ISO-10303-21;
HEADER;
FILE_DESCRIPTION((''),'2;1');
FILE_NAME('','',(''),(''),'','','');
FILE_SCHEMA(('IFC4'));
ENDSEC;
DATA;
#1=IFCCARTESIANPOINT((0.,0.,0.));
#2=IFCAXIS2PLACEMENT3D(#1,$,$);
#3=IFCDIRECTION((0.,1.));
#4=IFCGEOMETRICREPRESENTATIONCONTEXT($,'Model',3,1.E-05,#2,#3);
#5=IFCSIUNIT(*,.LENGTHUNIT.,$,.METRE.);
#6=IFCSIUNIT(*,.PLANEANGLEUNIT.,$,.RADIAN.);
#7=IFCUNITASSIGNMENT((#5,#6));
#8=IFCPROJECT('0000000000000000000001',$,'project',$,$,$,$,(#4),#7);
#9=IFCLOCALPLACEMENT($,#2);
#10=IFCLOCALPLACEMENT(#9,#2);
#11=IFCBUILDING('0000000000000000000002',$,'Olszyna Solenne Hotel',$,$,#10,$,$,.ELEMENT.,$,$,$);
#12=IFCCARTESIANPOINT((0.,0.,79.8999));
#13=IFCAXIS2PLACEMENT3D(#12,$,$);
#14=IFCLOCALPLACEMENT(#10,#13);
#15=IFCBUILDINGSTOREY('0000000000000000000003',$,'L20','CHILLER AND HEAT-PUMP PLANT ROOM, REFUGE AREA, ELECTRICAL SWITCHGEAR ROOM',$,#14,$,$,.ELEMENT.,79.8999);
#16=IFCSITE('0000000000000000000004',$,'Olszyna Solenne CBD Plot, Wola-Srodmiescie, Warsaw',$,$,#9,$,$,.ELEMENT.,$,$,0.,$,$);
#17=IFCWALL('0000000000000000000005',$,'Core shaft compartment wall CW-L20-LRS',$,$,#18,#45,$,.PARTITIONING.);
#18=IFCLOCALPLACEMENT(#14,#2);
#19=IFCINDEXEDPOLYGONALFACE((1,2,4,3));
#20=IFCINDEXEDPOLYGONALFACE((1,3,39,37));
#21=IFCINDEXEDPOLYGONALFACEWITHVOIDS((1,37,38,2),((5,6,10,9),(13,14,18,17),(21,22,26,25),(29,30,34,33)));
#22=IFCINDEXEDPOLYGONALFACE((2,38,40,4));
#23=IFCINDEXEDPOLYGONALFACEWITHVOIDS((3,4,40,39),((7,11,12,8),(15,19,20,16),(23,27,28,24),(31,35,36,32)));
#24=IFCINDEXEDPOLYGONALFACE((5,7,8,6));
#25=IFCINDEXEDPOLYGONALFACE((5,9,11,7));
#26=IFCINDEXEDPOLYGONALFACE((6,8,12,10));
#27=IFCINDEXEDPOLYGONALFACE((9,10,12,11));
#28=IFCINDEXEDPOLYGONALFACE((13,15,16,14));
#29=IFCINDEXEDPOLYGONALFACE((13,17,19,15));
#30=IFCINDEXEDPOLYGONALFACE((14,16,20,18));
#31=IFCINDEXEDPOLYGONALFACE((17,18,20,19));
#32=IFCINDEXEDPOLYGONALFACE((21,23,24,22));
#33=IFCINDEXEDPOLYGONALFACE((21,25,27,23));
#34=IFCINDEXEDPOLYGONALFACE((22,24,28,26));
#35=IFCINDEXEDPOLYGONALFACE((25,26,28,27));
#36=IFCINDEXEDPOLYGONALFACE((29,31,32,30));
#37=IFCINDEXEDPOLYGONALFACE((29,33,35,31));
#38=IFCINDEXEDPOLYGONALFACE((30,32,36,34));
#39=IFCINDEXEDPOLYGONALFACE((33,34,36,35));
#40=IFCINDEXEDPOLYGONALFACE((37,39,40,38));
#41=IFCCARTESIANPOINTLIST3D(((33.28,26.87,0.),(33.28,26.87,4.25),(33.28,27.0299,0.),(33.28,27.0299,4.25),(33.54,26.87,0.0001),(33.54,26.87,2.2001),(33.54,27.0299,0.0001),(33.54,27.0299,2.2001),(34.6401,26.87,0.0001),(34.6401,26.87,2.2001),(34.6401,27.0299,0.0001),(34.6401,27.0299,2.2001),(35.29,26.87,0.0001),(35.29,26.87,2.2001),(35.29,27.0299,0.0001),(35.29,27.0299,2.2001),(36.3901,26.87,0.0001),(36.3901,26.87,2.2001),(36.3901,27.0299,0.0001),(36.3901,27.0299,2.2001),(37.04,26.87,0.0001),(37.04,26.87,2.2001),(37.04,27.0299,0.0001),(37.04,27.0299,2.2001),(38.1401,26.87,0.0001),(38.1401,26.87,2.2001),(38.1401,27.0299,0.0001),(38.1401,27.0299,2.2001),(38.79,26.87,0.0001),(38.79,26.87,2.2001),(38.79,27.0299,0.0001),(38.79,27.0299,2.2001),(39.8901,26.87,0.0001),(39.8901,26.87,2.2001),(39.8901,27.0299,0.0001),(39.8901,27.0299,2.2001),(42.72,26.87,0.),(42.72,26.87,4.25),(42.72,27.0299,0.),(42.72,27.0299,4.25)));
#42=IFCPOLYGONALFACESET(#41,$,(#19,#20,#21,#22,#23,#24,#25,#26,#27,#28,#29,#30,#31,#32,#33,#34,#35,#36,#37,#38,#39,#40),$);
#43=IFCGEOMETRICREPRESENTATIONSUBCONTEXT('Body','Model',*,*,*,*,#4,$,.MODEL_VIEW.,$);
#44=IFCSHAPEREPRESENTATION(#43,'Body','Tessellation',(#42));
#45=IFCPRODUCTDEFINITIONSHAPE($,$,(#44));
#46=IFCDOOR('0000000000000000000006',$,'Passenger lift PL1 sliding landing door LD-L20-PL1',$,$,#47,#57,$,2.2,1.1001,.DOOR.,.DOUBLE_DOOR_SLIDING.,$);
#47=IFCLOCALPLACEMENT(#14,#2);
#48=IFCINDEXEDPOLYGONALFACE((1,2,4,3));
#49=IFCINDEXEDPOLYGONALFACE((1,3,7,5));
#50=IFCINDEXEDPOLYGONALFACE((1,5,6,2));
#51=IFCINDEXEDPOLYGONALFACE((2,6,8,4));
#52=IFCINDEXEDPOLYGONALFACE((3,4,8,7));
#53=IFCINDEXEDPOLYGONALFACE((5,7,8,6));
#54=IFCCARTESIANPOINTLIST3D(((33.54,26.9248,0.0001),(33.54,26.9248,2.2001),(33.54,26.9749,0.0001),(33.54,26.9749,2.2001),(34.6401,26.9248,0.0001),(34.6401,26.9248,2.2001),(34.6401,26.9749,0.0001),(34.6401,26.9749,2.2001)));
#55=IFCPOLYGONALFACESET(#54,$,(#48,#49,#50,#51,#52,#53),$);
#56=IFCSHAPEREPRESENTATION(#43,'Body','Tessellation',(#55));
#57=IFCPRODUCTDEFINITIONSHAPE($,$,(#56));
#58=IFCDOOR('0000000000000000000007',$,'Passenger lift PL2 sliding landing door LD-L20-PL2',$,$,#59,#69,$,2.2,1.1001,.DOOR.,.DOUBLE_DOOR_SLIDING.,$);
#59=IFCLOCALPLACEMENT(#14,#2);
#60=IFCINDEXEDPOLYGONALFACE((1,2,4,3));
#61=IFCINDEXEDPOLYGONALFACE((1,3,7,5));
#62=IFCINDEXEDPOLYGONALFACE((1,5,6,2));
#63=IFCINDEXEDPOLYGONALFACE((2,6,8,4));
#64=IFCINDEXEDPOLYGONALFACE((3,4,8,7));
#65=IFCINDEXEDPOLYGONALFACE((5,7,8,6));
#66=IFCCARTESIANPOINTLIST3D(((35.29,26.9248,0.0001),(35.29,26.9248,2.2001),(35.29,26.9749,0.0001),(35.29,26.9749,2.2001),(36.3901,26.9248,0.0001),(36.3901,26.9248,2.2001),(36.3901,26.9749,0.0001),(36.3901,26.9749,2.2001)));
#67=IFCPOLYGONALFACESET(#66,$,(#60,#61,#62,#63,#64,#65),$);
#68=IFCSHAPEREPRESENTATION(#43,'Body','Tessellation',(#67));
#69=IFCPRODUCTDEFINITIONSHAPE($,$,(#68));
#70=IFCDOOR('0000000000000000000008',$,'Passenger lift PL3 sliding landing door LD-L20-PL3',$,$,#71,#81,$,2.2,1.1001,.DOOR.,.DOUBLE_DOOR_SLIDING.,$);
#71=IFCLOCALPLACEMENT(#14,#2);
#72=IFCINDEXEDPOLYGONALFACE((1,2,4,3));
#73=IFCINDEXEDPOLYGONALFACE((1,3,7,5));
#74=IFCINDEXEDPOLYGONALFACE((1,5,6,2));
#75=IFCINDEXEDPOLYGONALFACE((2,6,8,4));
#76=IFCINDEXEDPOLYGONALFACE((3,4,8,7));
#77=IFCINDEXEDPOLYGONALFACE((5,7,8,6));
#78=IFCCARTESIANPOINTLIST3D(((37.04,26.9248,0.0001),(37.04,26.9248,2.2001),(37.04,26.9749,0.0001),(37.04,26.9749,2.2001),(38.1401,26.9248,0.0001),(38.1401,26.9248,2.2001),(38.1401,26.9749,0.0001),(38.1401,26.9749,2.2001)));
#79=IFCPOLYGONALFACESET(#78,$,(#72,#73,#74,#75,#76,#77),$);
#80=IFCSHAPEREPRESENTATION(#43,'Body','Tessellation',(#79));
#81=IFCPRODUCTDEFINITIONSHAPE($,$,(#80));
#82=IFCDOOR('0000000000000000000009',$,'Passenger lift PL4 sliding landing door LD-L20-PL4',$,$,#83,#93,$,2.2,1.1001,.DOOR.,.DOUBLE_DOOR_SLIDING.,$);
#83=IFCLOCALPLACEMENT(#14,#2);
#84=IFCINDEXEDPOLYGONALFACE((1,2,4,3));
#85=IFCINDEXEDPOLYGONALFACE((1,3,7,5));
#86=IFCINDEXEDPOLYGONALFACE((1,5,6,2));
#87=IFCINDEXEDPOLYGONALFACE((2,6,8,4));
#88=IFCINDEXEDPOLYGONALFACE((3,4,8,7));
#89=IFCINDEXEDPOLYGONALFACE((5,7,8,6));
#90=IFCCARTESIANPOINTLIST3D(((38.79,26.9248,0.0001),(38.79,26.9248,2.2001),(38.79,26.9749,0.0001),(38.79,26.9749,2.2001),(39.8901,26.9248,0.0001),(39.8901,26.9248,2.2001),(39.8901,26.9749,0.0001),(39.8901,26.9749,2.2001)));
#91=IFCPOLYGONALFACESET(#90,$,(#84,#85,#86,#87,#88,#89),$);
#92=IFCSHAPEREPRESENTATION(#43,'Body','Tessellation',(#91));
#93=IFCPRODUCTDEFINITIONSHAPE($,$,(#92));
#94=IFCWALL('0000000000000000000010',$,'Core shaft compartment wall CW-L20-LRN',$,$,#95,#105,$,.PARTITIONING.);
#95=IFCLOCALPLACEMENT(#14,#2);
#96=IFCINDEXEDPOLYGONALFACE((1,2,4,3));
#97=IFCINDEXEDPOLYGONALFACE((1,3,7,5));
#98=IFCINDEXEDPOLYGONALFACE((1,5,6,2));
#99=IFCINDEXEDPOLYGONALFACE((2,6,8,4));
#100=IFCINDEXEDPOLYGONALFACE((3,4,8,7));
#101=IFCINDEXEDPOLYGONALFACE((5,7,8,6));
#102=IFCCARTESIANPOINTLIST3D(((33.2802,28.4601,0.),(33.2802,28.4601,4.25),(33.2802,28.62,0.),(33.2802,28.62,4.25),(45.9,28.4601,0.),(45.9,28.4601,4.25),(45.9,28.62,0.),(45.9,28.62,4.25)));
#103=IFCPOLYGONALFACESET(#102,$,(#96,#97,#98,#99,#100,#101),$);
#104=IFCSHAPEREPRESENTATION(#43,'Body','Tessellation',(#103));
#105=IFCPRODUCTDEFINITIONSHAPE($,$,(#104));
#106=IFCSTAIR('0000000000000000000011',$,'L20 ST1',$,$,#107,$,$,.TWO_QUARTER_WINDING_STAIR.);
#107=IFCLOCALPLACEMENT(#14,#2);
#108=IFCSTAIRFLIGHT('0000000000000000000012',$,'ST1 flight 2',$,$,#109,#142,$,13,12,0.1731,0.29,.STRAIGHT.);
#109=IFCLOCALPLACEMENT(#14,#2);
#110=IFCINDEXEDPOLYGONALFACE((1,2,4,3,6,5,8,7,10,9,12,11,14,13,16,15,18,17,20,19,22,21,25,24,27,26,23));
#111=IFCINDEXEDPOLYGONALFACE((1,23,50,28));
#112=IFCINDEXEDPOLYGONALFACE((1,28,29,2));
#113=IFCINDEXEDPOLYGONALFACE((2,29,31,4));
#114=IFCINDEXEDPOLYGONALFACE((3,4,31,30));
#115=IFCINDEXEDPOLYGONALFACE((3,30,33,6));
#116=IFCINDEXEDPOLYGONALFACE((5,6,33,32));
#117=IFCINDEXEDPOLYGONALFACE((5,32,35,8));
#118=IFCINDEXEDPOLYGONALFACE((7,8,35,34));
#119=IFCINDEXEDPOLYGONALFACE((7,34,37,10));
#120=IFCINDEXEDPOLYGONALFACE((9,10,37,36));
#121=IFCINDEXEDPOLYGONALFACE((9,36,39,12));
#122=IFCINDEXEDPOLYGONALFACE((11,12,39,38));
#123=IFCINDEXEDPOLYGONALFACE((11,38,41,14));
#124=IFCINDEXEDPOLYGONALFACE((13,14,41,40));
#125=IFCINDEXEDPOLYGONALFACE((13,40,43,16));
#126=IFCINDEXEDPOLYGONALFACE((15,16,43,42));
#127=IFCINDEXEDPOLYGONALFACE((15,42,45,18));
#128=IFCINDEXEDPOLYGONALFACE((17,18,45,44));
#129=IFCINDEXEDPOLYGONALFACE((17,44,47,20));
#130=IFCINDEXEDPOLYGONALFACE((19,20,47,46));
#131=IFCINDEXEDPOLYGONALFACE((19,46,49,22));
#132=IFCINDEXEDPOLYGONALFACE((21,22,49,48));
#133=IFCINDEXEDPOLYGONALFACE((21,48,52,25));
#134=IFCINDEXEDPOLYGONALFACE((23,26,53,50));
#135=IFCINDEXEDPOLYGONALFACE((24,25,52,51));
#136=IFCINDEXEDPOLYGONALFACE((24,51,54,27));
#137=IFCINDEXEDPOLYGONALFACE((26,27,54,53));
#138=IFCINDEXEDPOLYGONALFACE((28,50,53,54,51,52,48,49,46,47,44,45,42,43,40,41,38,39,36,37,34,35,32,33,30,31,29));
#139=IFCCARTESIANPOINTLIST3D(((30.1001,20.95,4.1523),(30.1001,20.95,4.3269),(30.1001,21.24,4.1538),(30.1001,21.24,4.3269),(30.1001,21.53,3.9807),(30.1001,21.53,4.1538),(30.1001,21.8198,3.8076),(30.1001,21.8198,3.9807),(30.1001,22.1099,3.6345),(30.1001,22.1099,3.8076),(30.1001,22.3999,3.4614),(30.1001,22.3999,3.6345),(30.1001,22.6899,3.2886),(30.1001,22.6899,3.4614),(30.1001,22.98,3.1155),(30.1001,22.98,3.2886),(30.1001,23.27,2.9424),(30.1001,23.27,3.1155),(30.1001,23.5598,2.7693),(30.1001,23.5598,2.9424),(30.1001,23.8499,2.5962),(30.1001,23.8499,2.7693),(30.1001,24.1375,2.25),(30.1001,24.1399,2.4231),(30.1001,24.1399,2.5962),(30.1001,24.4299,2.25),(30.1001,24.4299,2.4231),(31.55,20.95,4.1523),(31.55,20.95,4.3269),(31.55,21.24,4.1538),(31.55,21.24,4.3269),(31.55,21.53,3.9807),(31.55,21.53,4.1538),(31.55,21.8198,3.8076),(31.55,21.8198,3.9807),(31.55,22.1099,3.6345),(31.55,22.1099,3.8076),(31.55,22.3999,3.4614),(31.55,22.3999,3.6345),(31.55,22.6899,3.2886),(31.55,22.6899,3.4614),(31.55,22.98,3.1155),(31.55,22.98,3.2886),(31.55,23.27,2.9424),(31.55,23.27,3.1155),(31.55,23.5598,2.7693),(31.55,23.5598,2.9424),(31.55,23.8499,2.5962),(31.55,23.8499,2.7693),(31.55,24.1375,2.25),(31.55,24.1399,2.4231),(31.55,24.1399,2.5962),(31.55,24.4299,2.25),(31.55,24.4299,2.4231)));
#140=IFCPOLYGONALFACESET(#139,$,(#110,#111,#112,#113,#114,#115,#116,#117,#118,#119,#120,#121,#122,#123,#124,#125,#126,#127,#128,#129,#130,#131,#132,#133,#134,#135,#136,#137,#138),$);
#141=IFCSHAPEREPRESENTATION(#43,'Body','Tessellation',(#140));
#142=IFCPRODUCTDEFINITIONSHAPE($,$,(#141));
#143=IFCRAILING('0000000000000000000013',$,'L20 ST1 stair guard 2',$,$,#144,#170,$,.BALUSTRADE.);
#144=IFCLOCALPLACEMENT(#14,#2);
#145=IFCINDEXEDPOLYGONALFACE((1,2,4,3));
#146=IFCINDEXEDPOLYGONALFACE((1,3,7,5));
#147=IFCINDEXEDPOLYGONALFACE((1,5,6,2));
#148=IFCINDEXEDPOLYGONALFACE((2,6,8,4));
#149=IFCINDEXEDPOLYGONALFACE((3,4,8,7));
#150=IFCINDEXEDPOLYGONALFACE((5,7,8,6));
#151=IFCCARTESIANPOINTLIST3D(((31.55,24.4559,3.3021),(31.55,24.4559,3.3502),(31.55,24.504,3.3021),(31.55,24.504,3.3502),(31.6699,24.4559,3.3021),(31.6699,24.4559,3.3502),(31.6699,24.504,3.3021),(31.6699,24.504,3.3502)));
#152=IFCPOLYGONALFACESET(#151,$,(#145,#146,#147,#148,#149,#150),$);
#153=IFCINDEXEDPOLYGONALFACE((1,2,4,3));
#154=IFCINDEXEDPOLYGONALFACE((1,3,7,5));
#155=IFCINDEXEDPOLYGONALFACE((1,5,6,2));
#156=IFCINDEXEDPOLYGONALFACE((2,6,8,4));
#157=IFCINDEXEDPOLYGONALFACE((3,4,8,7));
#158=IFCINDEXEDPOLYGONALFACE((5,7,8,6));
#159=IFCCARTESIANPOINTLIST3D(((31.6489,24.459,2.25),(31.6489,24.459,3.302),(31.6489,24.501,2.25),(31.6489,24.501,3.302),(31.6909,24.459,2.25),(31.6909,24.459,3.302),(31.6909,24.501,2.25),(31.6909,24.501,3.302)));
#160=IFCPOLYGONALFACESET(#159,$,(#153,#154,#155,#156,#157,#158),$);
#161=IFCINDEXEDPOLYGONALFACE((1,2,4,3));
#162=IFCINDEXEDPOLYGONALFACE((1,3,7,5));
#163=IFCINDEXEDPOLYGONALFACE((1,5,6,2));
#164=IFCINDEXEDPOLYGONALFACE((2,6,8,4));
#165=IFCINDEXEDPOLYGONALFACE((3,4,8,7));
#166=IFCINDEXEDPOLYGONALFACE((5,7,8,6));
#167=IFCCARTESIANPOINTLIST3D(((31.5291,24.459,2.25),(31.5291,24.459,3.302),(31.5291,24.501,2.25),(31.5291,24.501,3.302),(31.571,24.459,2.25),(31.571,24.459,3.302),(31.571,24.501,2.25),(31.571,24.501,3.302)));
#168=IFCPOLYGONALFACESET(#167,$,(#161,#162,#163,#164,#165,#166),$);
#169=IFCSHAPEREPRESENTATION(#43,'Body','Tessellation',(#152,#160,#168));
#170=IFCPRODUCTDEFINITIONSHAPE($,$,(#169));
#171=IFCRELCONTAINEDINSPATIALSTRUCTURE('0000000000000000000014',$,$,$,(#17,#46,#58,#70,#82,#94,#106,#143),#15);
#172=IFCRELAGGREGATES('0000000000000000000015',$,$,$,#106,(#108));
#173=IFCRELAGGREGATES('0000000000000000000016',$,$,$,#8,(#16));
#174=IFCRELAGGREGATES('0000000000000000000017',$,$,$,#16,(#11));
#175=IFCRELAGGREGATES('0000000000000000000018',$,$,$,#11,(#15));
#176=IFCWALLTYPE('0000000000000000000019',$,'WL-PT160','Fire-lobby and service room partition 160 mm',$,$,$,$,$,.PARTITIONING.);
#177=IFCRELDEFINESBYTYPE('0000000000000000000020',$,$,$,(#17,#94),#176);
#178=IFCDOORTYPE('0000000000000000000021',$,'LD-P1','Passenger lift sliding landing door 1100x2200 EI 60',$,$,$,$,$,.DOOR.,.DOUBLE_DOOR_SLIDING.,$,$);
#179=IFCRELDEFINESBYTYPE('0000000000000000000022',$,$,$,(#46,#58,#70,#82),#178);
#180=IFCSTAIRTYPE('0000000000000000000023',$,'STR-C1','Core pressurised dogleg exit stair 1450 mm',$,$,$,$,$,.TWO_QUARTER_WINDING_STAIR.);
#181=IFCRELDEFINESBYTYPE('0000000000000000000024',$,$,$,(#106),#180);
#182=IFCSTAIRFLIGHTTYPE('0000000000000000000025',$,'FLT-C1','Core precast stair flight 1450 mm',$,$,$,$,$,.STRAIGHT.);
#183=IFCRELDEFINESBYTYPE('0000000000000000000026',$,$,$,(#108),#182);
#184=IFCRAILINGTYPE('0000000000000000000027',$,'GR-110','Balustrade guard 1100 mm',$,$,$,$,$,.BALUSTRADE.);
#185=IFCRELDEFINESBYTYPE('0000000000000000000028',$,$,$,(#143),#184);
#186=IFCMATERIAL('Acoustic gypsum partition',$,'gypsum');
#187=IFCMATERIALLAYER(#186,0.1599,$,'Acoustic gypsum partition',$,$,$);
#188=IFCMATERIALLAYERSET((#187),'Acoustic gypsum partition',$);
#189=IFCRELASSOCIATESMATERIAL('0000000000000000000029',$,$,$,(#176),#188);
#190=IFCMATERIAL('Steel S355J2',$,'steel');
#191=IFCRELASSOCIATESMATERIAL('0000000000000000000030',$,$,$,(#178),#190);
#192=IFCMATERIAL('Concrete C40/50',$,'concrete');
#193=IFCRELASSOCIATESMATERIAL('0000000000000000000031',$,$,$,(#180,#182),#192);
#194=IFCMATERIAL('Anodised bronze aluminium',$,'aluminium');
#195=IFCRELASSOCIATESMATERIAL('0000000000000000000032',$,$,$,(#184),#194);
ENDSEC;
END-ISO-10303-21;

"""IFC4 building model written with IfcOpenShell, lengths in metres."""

from ifc_helpers import new_model, si_unit, direction, frame, frame_2d, origin, origin_2d, place, context, subcontext, project, spatial, polyline, rectangle, outline, extrude, source, transform, mapped, material, layer, layer_set, type_object, type_shapes, element, fill, aggregate, save


model = new_model("IFC4")

# Units and contexts
model_context = context("Model", 3, precision=1e-05, world=origin(), true_north=direction((0.0, 1.0)))
body_context = subcontext(model_context, "Body", "Model", "MODEL_VIEW")
ifc_project = project(units=[si_unit("LENGTHUNIT", "METRE"), si_unit("PLANEANGLEUNIT", "RADIAN")], contexts=[model_context])

# Site, building, storey
site_placement = place(None, origin())
site = spatial("IfcSite", under=ifc_project, at=site_placement, Name="Olszyna Solenne CBD Plot, Wola-Srodmiescie, Warsaw", CompositionType="ELEMENT", RefElevation=0.0)
building_placement = place(site_placement, origin())
building = spatial("IfcBuilding", under=site, at=building_placement, Name="Olszyna Solenne Hotel", CompositionType="ELEMENT")
storey_placement = place(building_placement, frame((0.0, 0.0, 79.8999)))
storey = spatial("IfcBuildingStorey", under=building, at=storey_placement, Name="L20", Description="CHILLER AND HEAT-PUMP PLANT ROOM, REFUGE AREA, ELECTRICAL SWITCHGEAR ROOM", CompositionType="ELEMENT", Elevation=79.8999)

# Shared definitions
ifc_material_1 = material(Name="Steel S355J2", Category="steel")

# Shared definitions
ifc_material_2 = material(Name="Acoustic gypsum partition", Category="gypsum")
ifc_layer = layer(ifc_material_2, 0.1599, Name="Acoustic gypsum partition")
ifc_layer_set = layer_set([ifc_layer], Name="Acoustic gypsum partition")
wall_type = type_object("IfcWallType", Name="WL-PT160", Description="Fire-lobby and service room partition 160 mm", PredefinedType="PARTITIONING", material=ifc_layer_set)

# Wall, openings, doors
wall_1_placement = place(storey_placement, frame((33.28, 26.95, 0.0), z_axis=(0.0, 0.0, 1.0), x_axis=(1.0, 0.0, 0.0)))
wall_1 = element("IfcWall", 1, at=wall_1_placement, inside=storey, type_object=wall_type, Name="Core shaft compartment wall CW-L20-LRS", PredefinedType="PARTITIONING", context=body_context, shape_type="SweptSolid", body=[
    extrude(rectangle(XDim=9.4399, YDim=0.1599, at=frame_2d((4.72, 0.0))), origin(), (0.0, 0.0, 1.0), 4.25),
])
opening_1_placement = place(wall_1_placement, frame((0.26, 0.0, 0.0)))
opening_1 = element("IfcOpeningElement", 2, at=opening_1_placement, cuts=wall_1, PredefinedType="OPENING", context=body_context, shape_type="SweptSolid", body=[
    extrude(rectangle(XDim=1.1001, YDim=2.2, at=frame_2d((0.55, 1.1001))), frame((0.0, 0.0898, 0.0), z_axis=(0.0, -1.0, 0.0), x_axis=(1.0, 0.0, 0.0)), (0.0, 0.0, 1.0), 0.1799),
])
opening_2_placement = place(wall_1_placement, frame((2.01, 0.0, 0.0)))
opening_2 = element("IfcOpeningElement", 3, at=opening_2_placement, cuts=wall_1, PredefinedType="OPENING", context=body_context, shape_type="SweptSolid", body=[
    extrude(rectangle(XDim=1.1001, YDim=2.2, at=frame_2d((0.55, 1.1001))), frame((0.0, 0.0898, 0.0), z_axis=(0.0, -1.0, 0.0), x_axis=(1.0, 0.0, 0.0)), (0.0, 0.0, 1.0), 0.1799),
])
opening_3_placement = place(wall_1_placement, frame((3.76, 0.0, 0.0)))
opening_3 = element("IfcOpeningElement", 4, at=opening_3_placement, cuts=wall_1, PredefinedType="OPENING", context=body_context, shape_type="SweptSolid", body=[
    extrude(rectangle(XDim=1.1001, YDim=2.2, at=frame_2d((0.55, 1.1001))), frame((0.0, 0.0898, 0.0), z_axis=(0.0, -1.0, 0.0), x_axis=(1.0, 0.0, 0.0)), (0.0, 0.0, 1.0), 0.1799),
])
opening_4_placement = place(wall_1_placement, frame((5.51, 0.0, 0.0)))
opening_4 = element("IfcOpeningElement", 5, at=opening_4_placement, cuts=wall_1, PredefinedType="OPENING", context=body_context, shape_type="SweptSolid", body=[
    extrude(rectangle(XDim=1.1001, YDim=2.2, at=frame_2d((0.55, 1.1001))), frame((0.0, 0.0898, 0.0), z_axis=(0.0, -1.0, 0.0), x_axis=(1.0, 0.0, 0.0)), (0.0, 0.0, 1.0), 0.1799),
])
door_type = type_object("IfcDoorType", Name="LD-P1", Description="Passenger lift sliding landing door 1100x2200 EI 60", OperationType="DOUBLE_DOOR_SLIDING", PredefinedType="DOOR", material=ifc_material_1)
shared_shape_1 = source(origin(), body_context, "Body", "SweptSolid", [
    extrude(rectangle(XDim=1.1001, YDim=2.2, at=frame_2d((0.55, 1.1001))), frame((0.0, 0.0249, 0.0), z_axis=(0.0, -1.0, 0.0), x_axis=(1.0, 0.0, 0.0)), (0.0, 0.0, 1.0), 0.05),
])
type_shapes(door_type, [shared_shape_1])
door_1_placement = place(opening_1_placement, origin())
door_1 = element("IfcDoor", 6, at=door_1_placement, inside=storey, type_object=door_type, Name="Passenger lift PL1 sliding landing door LD-L20-PL1", OperationType="DOUBLE_DOOR_SLIDING", OverallHeight=2.2, OverallWidth=1.1001, PredefinedType="DOOR", context=body_context, shape_type="MappedRepresentation", body=[
    mapped(shared_shape_1, transform((0.0, 0.0, 0.0), x_axis=(1.0, 0.0, 0.0), y_axis=(0.0, 1.0, 0.0), z_axis=(0.0, 0.0, 1.0), scale=1.0)),
])
fill(opening_1, door_1)
door_2_placement = place(opening_2_placement, origin())
door_2 = element("IfcDoor", 7, at=door_2_placement, inside=storey, type_object=door_type, Name="Passenger lift PL2 sliding landing door LD-L20-PL2", OperationType="DOUBLE_DOOR_SLIDING", OverallHeight=2.2, OverallWidth=1.1001, PredefinedType="DOOR", context=body_context, shape_type="MappedRepresentation", body=[
    mapped(shared_shape_1, transform((0.0, 0.0, 0.0), x_axis=(1.0, 0.0, 0.0), y_axis=(0.0, 1.0, 0.0), z_axis=(0.0, 0.0, 1.0), scale=1.0)),
])
fill(opening_2, door_2)
door_3_placement = place(opening_3_placement, origin())
door_3 = element("IfcDoor", 8, at=door_3_placement, inside=storey, type_object=door_type, Name="Passenger lift PL3 sliding landing door LD-L20-PL3", OperationType="DOUBLE_DOOR_SLIDING", OverallHeight=2.2, OverallWidth=1.1001, PredefinedType="DOOR", context=body_context, shape_type="MappedRepresentation", body=[
    mapped(shared_shape_1, transform((0.0, 0.0, 0.0), x_axis=(1.0, 0.0, 0.0), y_axis=(0.0, 1.0, 0.0), z_axis=(0.0, 0.0, 1.0), scale=1.0)),
])
fill(opening_3, door_3)
door_4_placement = place(opening_4_placement, origin())
door_4 = element("IfcDoor", 9, at=door_4_placement, inside=storey, type_object=door_type, Name="Passenger lift PL4 sliding landing door LD-L20-PL4", OperationType="DOUBLE_DOOR_SLIDING", OverallHeight=2.2, OverallWidth=1.1001, PredefinedType="DOOR", context=body_context, shape_type="MappedRepresentation", body=[
    mapped(shared_shape_1, transform((0.0, 0.0, 0.0), x_axis=(1.0, 0.0, 0.0), y_axis=(0.0, 1.0, 0.0), z_axis=(0.0, 0.0, 1.0), scale=1.0)),
])
fill(opening_4, door_4)

# Wall
wall_2_placement = place(storey_placement, frame((33.28, 28.54, 0.0), z_axis=(0.0, 0.0, 1.0), x_axis=(1.0, 0.0, 0.0)))
element("IfcWall", 10, at=wall_2_placement, inside=storey, type_object=wall_type, Name="Core shaft compartment wall CW-L20-LRN", PredefinedType="PARTITIONING", context=body_context, shape_type="SweptSolid", body=[
    extrude(rectangle(XDim=12.6199, YDim=0.1599, at=frame_2d((6.3101, 0.0))), origin(), (0.0, 0.0, 1.0), 4.25),
])

# Stair, stair flight
ifc_material_3 = material(Name="Concrete C40/50", Category="concrete")
stair_type = type_object("IfcStairType", Name="STR-C1", Description="Core pressurised dogleg exit stair 1450 mm", PredefinedType="TWO_QUARTER_WINDING_STAIR", material=ifc_material_3)
stair_placement = place(storey_placement, origin())
stair = element("IfcStair", 11, at=stair_placement, inside=storey, type_object=stair_type, Name="L20 ST1", PredefinedType="TWO_QUARTER_WINDING_STAIR")
stair_flight_type = type_object("IfcStairFlightType", Name="FLT-C1", Description="Core precast stair flight 1450 mm", PredefinedType="STRAIGHT", material=ifc_material_3)
stair_flight_placement = place(storey_placement, frame((30.825, 24.4299, 2.25), z_axis=(0.0, 0.0, 1.0), x_axis=(0.0, -1.0, 0.0)))
stair_flight = element("IfcStairFlight", 12, at=stair_flight_placement, type_object=stair_flight_type, Name="ST1 flight 2", NumberOfRisers=13, NumberOfTreads=12, PredefinedType="STRAIGHT", RiserHeight=0.1731, TreadLength=0.29, context=body_context, shape_type="SweptSolid", body=[
    extrude(outline(polyline([(0.0, 0.0), (0.0, 0.1731), (0.29, 0.1731), (0.29, 0.3462), (0.5801, 0.3462), (0.5801, 0.5193), (0.8701, 0.5193), (0.8701, 0.6924), (1.1599, 0.6924), (1.1599, 0.8655), (1.45, 0.8655), (1.45, 1.0386), (1.74, 1.0386), (1.74, 1.2114), (2.03, 1.2114), (2.03, 1.3845), (2.3201, 1.3845), (2.3201, 1.5576), (2.6101, 1.5576), (2.6101, 1.7307), (2.8999, 1.7307), (2.8999, 1.9038), (3.1899, 1.9038), (3.1899, 2.0769), (3.48, 2.0769), (3.48, 2.25), (3.48, 1.9023), (0.2925, 0.0), (0.0, 0.0)])), frame((0.0, 0.7251, 0.0), z_axis=(0.0, -1.0, 0.0), x_axis=(1.0, 0.0, 0.0)), (0.0, 0.0, 1.0), 1.45),
])
aggregate(stair, [stair_flight])

# Railing
ifc_material_4 = material(Name="Anodised bronze aluminium", Category="aluminium")
railing_type_1 = type_object("IfcRailingType", Name="GR-110", Description="Balustrade guard 1100 mm", PredefinedType="BALUSTRADE", material=ifc_material_4)
railing_1_placement = place(storey_placement, frame((31.6699, 24.48, 2.25)))
element("IfcRailing", 13, at=railing_1_placement, inside=storey, type_object=railing_type_1, Name="L20 ST1 stair guard 2", PredefinedType="BALUSTRADE", context=body_context, shape_type="SweptSolid", body=[
    extrude(rectangle(XDim=0.0481, YDim=0.0481, at=origin_2d()), frame((0.0, 0.0, 1.0762), z_axis=(-1.0, 0.0, 0.0), x_axis=(0.0, -1.0, 0.0)), (0.0, 0.0, 1.0), 0.1199),
    extrude(rectangle(XDim=0.042, YDim=0.042, at=origin_2d()), origin(), (0.0, 0.0, 1.0), 1.052),
    extrude(rectangle(XDim=0.042, YDim=0.042, at=origin_2d()), frame((-0.1199, 0.0, 0.0)), (0.0, 0.0, 1.0), 1.052),
])

save(model, "model.ifc")
